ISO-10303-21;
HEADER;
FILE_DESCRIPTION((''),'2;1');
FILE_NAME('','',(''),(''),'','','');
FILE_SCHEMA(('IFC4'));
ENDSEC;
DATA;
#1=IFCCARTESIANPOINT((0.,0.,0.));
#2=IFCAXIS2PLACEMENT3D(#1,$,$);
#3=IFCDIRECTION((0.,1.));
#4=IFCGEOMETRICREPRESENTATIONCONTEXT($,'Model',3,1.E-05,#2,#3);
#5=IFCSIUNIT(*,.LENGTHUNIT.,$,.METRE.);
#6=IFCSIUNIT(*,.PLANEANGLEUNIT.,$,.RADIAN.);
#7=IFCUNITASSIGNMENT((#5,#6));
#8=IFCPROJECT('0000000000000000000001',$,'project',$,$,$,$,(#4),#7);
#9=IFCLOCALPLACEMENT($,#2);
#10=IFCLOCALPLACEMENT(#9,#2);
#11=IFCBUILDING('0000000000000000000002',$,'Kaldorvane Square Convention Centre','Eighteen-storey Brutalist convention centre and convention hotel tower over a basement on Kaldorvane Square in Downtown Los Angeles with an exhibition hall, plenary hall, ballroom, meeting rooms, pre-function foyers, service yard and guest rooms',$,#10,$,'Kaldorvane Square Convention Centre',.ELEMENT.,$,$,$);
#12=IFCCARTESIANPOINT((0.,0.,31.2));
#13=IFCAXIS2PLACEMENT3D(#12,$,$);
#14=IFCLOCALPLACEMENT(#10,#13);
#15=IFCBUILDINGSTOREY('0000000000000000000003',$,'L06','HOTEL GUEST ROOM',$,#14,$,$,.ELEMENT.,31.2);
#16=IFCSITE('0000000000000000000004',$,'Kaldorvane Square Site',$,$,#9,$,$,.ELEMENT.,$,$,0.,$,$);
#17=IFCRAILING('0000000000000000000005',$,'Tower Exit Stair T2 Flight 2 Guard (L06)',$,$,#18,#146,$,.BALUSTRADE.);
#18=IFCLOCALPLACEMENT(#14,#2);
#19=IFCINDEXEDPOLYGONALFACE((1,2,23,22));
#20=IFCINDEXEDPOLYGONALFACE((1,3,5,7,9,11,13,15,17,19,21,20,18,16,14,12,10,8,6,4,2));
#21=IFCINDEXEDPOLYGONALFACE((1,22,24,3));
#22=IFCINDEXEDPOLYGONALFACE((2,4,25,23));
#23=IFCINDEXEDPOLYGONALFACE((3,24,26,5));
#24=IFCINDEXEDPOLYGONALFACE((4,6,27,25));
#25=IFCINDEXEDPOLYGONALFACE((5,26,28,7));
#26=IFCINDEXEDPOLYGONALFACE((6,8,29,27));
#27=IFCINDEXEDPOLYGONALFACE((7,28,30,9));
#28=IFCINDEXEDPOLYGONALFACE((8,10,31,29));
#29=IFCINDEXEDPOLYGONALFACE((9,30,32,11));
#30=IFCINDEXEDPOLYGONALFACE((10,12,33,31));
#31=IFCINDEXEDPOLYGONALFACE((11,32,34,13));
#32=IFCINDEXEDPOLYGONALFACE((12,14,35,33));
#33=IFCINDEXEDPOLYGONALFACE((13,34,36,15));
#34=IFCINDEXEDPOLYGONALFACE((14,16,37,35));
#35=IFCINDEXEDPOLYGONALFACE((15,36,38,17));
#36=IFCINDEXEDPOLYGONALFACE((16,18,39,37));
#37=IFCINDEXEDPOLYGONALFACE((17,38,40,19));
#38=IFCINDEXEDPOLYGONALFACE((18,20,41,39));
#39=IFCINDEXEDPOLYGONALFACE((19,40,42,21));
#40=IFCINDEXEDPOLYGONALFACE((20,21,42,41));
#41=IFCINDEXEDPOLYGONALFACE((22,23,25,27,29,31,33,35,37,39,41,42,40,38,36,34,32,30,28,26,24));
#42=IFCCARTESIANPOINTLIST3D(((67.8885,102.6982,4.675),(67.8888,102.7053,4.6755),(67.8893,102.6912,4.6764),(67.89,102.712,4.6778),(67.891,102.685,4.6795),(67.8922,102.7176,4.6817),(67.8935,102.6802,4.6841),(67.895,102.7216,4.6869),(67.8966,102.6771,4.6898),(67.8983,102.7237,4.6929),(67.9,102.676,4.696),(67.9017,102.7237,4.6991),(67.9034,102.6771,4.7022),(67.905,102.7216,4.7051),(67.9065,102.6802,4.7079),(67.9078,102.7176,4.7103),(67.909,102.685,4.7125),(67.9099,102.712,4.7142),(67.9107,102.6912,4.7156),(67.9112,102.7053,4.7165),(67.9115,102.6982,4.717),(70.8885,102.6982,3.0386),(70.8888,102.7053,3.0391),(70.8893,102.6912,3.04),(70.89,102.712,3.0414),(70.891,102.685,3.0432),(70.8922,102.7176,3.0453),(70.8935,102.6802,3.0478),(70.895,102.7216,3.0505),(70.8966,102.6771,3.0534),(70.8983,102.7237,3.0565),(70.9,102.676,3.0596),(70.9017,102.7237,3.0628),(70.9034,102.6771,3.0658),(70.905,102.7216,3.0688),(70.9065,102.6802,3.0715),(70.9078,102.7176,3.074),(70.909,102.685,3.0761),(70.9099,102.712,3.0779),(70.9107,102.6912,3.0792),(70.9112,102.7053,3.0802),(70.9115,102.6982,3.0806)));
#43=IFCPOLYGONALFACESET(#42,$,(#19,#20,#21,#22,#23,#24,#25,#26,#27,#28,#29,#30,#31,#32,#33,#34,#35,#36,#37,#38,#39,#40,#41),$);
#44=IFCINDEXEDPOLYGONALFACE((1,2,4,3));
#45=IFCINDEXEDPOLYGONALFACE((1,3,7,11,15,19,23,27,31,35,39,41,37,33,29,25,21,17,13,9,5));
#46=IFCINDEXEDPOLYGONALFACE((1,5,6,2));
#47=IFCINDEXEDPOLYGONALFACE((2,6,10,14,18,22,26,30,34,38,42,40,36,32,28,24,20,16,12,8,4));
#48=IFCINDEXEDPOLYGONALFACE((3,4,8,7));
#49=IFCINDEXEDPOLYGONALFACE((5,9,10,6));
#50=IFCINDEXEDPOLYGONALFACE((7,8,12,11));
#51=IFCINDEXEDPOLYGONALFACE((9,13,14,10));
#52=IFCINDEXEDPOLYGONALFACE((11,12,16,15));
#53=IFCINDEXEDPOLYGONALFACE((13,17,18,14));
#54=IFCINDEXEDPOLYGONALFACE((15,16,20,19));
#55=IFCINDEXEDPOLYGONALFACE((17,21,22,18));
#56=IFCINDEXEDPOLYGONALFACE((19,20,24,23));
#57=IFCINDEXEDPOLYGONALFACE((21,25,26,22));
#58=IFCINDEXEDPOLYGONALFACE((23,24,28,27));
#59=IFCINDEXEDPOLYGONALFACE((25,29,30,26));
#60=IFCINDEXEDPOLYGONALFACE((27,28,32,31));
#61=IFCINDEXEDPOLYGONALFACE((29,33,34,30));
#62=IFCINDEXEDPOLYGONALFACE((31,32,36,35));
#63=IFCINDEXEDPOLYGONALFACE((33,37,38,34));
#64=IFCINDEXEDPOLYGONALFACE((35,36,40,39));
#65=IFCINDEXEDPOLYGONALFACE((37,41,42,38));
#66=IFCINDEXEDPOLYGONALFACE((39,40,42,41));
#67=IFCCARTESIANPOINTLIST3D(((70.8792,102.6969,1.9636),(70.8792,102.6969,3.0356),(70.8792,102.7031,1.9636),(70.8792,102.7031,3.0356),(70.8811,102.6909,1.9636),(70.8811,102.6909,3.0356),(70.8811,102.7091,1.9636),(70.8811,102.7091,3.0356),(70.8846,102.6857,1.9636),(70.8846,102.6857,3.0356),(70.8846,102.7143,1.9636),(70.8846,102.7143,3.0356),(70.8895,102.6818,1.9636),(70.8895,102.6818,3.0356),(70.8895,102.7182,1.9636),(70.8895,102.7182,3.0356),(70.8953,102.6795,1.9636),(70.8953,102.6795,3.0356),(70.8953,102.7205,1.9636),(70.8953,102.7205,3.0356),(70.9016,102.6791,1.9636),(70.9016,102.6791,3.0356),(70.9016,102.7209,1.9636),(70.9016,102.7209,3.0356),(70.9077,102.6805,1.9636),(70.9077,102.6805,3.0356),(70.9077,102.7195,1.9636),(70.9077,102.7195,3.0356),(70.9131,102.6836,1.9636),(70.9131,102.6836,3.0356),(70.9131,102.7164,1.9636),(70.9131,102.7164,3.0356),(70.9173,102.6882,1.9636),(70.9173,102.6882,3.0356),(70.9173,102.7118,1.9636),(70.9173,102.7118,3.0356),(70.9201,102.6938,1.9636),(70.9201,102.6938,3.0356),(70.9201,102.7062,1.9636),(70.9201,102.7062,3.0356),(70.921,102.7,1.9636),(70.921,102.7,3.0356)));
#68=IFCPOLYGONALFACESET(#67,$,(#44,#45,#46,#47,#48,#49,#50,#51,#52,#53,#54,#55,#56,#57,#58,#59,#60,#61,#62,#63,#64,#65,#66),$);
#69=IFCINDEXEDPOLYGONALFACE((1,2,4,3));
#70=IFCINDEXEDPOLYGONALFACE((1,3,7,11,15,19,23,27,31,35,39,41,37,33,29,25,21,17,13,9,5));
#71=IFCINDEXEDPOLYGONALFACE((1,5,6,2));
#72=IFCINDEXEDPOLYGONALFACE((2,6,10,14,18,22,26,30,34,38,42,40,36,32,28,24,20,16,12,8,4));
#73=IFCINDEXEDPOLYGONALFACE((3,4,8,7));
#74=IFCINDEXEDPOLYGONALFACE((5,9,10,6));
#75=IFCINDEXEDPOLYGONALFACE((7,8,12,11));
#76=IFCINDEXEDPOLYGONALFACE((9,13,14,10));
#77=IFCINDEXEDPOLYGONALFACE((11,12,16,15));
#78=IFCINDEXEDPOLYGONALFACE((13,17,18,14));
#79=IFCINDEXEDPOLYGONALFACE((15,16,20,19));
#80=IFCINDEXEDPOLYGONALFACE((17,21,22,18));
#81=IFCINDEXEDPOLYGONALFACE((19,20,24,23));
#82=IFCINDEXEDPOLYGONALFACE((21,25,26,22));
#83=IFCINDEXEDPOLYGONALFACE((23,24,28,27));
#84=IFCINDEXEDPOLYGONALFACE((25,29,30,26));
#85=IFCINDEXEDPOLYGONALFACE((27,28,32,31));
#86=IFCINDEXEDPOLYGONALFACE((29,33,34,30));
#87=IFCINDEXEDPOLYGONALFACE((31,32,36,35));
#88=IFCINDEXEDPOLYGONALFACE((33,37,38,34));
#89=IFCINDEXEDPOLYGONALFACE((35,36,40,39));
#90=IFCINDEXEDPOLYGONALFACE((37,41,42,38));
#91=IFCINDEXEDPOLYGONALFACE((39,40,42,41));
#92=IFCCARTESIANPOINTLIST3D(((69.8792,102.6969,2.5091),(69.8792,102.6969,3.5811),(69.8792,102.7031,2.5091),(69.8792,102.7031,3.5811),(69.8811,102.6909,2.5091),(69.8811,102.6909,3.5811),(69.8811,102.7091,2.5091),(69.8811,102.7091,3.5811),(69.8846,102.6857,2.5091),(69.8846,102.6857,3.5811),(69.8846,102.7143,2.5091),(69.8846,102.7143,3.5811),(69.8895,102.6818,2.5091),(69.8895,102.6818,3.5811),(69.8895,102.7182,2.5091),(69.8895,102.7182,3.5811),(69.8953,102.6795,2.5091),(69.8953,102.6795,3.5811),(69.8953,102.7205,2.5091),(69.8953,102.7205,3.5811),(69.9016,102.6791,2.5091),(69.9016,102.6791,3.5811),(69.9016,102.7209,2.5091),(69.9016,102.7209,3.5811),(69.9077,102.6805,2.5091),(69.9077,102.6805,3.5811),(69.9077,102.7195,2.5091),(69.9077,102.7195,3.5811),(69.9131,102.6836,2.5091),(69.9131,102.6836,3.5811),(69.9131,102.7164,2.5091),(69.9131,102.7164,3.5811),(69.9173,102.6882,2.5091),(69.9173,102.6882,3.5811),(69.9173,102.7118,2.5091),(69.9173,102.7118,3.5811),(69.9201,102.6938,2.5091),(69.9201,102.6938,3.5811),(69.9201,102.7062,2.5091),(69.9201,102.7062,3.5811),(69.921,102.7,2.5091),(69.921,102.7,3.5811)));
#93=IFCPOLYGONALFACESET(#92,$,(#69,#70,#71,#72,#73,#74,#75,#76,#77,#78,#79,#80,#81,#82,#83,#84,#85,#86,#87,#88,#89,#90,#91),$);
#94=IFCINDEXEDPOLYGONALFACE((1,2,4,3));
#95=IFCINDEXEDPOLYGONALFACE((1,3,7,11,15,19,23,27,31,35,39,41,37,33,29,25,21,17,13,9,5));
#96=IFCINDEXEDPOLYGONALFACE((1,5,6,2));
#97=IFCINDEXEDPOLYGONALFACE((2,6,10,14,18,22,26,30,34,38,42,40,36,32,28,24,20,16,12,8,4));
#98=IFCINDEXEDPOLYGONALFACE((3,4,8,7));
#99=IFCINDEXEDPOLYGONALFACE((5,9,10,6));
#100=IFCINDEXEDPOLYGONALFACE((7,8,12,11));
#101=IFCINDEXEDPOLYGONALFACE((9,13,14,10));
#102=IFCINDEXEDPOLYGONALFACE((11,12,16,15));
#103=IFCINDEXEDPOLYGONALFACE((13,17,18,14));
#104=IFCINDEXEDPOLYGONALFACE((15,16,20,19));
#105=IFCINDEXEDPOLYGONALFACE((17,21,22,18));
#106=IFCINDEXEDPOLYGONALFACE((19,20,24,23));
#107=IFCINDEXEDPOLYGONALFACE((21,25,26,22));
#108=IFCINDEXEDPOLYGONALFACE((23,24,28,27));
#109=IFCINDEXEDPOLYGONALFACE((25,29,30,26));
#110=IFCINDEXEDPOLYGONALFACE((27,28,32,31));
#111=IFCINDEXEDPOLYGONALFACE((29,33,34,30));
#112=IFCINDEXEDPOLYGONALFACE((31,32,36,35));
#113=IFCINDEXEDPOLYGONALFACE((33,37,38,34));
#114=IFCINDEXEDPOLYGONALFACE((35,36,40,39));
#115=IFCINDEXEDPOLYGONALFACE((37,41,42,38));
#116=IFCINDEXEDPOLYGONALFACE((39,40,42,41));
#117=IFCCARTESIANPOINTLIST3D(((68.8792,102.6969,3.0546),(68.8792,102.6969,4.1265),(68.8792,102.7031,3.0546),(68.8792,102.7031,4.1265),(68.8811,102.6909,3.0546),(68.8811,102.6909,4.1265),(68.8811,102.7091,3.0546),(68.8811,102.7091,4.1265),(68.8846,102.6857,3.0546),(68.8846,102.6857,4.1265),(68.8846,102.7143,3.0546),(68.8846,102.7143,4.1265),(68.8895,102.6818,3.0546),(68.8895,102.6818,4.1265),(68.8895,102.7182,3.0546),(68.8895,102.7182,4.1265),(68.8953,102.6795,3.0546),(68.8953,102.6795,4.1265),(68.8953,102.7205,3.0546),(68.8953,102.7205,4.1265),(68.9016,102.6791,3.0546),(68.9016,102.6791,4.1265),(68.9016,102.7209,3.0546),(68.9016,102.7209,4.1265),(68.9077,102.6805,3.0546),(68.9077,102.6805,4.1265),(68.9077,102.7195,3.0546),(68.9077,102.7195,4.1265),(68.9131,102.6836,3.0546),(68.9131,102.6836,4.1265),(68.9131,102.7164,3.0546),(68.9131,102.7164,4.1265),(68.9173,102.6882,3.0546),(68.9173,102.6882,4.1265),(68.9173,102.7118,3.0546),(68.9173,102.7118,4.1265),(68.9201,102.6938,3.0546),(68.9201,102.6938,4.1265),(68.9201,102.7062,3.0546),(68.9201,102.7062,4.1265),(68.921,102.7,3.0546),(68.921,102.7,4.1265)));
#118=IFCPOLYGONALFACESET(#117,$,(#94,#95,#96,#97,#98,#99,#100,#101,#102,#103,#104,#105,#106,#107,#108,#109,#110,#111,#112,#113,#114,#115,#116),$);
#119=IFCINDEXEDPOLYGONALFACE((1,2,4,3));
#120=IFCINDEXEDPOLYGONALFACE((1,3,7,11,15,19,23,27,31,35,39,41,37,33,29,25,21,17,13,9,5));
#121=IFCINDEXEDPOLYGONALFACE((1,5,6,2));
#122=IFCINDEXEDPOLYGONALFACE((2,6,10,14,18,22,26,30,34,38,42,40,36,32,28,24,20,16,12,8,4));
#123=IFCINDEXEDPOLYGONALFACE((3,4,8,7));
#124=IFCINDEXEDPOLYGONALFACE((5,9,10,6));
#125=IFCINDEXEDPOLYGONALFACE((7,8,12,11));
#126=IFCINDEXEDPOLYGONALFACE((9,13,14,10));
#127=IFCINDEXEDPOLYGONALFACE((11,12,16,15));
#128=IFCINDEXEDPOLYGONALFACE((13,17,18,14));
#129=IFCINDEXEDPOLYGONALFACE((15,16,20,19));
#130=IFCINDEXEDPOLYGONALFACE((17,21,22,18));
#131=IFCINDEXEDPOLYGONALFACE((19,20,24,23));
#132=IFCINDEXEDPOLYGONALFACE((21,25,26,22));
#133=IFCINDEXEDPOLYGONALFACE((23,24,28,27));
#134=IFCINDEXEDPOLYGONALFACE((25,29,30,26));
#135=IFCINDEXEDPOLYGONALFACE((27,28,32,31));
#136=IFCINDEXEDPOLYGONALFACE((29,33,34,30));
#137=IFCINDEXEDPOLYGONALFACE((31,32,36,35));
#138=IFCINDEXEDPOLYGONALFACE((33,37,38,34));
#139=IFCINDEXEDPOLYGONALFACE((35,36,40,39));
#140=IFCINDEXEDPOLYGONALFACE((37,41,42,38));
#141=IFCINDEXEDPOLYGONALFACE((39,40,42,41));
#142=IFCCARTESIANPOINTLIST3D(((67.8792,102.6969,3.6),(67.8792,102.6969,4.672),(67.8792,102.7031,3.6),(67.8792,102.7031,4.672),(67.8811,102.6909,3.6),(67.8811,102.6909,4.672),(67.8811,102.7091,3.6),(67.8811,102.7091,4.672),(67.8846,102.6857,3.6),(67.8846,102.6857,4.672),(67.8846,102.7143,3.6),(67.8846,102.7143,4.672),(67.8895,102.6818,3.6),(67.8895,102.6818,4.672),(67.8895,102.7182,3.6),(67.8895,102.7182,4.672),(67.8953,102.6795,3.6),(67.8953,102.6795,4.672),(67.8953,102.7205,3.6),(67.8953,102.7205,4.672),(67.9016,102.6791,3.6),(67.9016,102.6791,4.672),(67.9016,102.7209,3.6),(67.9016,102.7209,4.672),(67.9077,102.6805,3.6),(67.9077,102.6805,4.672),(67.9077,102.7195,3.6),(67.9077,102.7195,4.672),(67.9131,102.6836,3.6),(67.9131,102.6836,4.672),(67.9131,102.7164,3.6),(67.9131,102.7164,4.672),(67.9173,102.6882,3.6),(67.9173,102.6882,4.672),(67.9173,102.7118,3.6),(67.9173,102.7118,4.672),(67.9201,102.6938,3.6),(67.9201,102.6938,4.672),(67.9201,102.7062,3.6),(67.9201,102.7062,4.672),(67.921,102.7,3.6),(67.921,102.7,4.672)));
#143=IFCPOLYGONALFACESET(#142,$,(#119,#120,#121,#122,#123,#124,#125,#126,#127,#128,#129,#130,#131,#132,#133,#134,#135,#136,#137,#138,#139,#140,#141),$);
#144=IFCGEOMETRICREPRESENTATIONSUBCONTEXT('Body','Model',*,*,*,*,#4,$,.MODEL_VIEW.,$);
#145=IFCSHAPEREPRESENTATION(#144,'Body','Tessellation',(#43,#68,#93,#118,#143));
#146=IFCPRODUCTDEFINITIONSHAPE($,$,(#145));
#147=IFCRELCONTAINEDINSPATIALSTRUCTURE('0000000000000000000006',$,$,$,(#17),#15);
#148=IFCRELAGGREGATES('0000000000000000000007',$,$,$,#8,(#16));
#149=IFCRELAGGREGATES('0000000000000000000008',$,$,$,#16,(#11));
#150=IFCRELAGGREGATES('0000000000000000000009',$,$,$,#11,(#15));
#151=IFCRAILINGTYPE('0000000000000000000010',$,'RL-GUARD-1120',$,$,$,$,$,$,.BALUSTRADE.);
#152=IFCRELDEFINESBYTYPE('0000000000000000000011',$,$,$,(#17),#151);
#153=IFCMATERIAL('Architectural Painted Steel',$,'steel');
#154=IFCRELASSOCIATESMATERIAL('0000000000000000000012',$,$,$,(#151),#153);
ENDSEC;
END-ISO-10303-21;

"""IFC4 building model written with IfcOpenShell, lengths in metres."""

from ifc_helpers import new_model, si_unit, direction, frame, origin, origin_2d, place, context, subcontext, project, spatial, circle, extrude, material, type_object, element, save


model = new_model("IFC4")

# Units and contexts
model_context = context("Model", 3, precision=1e-05, world=origin(), true_north=direction((0.0, 1.0)))
body_context = subcontext(model_context, "Body", "Model", "MODEL_VIEW")
ifc_project = project(units=[si_unit("LENGTHUNIT", "METRE"), si_unit("PLANEANGLEUNIT", "RADIAN")], contexts=[model_context])

# Site, building, storey
site_placement = place(None, origin())
site = spatial("IfcSite", under=ifc_project, at=site_placement, Name="Kaldorvane Square Site", CompositionType="ELEMENT", RefElevation=0.0)
building_placement = place(site_placement, origin())
building = spatial("IfcBuilding", under=site, at=building_placement, Name="Kaldorvane Square Convention Centre", Description="Eighteen-storey Brutalist convention centre and convention hotel tower over a basement on Kaldorvane Square in Downtown Los Angeles with an exhibition hall, plenary hall, ballroom, meeting rooms, pre-function foyers, service yard and guest rooms", LongName="Kaldorvane Square Convention Centre", CompositionType="ELEMENT")
storey_placement = place(building_placement, frame((0.0, 0.0, 31.2)))
storey = spatial("IfcBuildingStorey", under=building, at=storey_placement, Name="L06", Description="HOTEL GUEST ROOM", CompositionType="ELEMENT", Elevation=31.2)

# Railing
ifc_material_1 = material(Name="Architectural Painted Steel", Category="steel")
railing_type_1 = type_object("IfcRailingType", Name="RL-GUARD-1120", PredefinedType="BALUSTRADE", material=ifc_material_1)
railing_1_placement = place(storey_placement, frame((70.9, 102.7, 1.9636)))
element("IfcRailing", 1, at=railing_1_placement, inside=storey, type_object=railing_type_1, Name="Tower Exit Stair T2 Flight 2 Guard (L06)", PredefinedType="BALUSTRADE", context=body_context, shape_type="SweptSolid", body=[
    extrude(circle(Radius=0.024, at=origin_2d()), frame((0.0, 0.0, 1.096), z_axis=(-0.877895, 0.0, 0.478853), x_axis=(0.0, -1.0, 0.0)), (0.0, 0.0, 1.0), 3.4173),
    extrude(circle(Radius=0.021, at=origin_2d()), origin(), (0.0, 0.0, 1.0), 1.072),
    extrude(circle(Radius=0.021, at=origin_2d()), frame((-1.0, 0.0, 0.5455)), (0.0, 0.0, 1.0), 1.072),
    extrude(circle(Radius=0.021, at=origin_2d()), frame((-2.0, 0.0, 1.0909)), (0.0, 0.0, 1.0), 1.072),
    extrude(circle(Radius=0.021, at=origin_2d()), frame((-3.0, 0.0, 1.6364)), (0.0, 0.0, 1.0), 1.072),
])

save(model, "model.ifc")
